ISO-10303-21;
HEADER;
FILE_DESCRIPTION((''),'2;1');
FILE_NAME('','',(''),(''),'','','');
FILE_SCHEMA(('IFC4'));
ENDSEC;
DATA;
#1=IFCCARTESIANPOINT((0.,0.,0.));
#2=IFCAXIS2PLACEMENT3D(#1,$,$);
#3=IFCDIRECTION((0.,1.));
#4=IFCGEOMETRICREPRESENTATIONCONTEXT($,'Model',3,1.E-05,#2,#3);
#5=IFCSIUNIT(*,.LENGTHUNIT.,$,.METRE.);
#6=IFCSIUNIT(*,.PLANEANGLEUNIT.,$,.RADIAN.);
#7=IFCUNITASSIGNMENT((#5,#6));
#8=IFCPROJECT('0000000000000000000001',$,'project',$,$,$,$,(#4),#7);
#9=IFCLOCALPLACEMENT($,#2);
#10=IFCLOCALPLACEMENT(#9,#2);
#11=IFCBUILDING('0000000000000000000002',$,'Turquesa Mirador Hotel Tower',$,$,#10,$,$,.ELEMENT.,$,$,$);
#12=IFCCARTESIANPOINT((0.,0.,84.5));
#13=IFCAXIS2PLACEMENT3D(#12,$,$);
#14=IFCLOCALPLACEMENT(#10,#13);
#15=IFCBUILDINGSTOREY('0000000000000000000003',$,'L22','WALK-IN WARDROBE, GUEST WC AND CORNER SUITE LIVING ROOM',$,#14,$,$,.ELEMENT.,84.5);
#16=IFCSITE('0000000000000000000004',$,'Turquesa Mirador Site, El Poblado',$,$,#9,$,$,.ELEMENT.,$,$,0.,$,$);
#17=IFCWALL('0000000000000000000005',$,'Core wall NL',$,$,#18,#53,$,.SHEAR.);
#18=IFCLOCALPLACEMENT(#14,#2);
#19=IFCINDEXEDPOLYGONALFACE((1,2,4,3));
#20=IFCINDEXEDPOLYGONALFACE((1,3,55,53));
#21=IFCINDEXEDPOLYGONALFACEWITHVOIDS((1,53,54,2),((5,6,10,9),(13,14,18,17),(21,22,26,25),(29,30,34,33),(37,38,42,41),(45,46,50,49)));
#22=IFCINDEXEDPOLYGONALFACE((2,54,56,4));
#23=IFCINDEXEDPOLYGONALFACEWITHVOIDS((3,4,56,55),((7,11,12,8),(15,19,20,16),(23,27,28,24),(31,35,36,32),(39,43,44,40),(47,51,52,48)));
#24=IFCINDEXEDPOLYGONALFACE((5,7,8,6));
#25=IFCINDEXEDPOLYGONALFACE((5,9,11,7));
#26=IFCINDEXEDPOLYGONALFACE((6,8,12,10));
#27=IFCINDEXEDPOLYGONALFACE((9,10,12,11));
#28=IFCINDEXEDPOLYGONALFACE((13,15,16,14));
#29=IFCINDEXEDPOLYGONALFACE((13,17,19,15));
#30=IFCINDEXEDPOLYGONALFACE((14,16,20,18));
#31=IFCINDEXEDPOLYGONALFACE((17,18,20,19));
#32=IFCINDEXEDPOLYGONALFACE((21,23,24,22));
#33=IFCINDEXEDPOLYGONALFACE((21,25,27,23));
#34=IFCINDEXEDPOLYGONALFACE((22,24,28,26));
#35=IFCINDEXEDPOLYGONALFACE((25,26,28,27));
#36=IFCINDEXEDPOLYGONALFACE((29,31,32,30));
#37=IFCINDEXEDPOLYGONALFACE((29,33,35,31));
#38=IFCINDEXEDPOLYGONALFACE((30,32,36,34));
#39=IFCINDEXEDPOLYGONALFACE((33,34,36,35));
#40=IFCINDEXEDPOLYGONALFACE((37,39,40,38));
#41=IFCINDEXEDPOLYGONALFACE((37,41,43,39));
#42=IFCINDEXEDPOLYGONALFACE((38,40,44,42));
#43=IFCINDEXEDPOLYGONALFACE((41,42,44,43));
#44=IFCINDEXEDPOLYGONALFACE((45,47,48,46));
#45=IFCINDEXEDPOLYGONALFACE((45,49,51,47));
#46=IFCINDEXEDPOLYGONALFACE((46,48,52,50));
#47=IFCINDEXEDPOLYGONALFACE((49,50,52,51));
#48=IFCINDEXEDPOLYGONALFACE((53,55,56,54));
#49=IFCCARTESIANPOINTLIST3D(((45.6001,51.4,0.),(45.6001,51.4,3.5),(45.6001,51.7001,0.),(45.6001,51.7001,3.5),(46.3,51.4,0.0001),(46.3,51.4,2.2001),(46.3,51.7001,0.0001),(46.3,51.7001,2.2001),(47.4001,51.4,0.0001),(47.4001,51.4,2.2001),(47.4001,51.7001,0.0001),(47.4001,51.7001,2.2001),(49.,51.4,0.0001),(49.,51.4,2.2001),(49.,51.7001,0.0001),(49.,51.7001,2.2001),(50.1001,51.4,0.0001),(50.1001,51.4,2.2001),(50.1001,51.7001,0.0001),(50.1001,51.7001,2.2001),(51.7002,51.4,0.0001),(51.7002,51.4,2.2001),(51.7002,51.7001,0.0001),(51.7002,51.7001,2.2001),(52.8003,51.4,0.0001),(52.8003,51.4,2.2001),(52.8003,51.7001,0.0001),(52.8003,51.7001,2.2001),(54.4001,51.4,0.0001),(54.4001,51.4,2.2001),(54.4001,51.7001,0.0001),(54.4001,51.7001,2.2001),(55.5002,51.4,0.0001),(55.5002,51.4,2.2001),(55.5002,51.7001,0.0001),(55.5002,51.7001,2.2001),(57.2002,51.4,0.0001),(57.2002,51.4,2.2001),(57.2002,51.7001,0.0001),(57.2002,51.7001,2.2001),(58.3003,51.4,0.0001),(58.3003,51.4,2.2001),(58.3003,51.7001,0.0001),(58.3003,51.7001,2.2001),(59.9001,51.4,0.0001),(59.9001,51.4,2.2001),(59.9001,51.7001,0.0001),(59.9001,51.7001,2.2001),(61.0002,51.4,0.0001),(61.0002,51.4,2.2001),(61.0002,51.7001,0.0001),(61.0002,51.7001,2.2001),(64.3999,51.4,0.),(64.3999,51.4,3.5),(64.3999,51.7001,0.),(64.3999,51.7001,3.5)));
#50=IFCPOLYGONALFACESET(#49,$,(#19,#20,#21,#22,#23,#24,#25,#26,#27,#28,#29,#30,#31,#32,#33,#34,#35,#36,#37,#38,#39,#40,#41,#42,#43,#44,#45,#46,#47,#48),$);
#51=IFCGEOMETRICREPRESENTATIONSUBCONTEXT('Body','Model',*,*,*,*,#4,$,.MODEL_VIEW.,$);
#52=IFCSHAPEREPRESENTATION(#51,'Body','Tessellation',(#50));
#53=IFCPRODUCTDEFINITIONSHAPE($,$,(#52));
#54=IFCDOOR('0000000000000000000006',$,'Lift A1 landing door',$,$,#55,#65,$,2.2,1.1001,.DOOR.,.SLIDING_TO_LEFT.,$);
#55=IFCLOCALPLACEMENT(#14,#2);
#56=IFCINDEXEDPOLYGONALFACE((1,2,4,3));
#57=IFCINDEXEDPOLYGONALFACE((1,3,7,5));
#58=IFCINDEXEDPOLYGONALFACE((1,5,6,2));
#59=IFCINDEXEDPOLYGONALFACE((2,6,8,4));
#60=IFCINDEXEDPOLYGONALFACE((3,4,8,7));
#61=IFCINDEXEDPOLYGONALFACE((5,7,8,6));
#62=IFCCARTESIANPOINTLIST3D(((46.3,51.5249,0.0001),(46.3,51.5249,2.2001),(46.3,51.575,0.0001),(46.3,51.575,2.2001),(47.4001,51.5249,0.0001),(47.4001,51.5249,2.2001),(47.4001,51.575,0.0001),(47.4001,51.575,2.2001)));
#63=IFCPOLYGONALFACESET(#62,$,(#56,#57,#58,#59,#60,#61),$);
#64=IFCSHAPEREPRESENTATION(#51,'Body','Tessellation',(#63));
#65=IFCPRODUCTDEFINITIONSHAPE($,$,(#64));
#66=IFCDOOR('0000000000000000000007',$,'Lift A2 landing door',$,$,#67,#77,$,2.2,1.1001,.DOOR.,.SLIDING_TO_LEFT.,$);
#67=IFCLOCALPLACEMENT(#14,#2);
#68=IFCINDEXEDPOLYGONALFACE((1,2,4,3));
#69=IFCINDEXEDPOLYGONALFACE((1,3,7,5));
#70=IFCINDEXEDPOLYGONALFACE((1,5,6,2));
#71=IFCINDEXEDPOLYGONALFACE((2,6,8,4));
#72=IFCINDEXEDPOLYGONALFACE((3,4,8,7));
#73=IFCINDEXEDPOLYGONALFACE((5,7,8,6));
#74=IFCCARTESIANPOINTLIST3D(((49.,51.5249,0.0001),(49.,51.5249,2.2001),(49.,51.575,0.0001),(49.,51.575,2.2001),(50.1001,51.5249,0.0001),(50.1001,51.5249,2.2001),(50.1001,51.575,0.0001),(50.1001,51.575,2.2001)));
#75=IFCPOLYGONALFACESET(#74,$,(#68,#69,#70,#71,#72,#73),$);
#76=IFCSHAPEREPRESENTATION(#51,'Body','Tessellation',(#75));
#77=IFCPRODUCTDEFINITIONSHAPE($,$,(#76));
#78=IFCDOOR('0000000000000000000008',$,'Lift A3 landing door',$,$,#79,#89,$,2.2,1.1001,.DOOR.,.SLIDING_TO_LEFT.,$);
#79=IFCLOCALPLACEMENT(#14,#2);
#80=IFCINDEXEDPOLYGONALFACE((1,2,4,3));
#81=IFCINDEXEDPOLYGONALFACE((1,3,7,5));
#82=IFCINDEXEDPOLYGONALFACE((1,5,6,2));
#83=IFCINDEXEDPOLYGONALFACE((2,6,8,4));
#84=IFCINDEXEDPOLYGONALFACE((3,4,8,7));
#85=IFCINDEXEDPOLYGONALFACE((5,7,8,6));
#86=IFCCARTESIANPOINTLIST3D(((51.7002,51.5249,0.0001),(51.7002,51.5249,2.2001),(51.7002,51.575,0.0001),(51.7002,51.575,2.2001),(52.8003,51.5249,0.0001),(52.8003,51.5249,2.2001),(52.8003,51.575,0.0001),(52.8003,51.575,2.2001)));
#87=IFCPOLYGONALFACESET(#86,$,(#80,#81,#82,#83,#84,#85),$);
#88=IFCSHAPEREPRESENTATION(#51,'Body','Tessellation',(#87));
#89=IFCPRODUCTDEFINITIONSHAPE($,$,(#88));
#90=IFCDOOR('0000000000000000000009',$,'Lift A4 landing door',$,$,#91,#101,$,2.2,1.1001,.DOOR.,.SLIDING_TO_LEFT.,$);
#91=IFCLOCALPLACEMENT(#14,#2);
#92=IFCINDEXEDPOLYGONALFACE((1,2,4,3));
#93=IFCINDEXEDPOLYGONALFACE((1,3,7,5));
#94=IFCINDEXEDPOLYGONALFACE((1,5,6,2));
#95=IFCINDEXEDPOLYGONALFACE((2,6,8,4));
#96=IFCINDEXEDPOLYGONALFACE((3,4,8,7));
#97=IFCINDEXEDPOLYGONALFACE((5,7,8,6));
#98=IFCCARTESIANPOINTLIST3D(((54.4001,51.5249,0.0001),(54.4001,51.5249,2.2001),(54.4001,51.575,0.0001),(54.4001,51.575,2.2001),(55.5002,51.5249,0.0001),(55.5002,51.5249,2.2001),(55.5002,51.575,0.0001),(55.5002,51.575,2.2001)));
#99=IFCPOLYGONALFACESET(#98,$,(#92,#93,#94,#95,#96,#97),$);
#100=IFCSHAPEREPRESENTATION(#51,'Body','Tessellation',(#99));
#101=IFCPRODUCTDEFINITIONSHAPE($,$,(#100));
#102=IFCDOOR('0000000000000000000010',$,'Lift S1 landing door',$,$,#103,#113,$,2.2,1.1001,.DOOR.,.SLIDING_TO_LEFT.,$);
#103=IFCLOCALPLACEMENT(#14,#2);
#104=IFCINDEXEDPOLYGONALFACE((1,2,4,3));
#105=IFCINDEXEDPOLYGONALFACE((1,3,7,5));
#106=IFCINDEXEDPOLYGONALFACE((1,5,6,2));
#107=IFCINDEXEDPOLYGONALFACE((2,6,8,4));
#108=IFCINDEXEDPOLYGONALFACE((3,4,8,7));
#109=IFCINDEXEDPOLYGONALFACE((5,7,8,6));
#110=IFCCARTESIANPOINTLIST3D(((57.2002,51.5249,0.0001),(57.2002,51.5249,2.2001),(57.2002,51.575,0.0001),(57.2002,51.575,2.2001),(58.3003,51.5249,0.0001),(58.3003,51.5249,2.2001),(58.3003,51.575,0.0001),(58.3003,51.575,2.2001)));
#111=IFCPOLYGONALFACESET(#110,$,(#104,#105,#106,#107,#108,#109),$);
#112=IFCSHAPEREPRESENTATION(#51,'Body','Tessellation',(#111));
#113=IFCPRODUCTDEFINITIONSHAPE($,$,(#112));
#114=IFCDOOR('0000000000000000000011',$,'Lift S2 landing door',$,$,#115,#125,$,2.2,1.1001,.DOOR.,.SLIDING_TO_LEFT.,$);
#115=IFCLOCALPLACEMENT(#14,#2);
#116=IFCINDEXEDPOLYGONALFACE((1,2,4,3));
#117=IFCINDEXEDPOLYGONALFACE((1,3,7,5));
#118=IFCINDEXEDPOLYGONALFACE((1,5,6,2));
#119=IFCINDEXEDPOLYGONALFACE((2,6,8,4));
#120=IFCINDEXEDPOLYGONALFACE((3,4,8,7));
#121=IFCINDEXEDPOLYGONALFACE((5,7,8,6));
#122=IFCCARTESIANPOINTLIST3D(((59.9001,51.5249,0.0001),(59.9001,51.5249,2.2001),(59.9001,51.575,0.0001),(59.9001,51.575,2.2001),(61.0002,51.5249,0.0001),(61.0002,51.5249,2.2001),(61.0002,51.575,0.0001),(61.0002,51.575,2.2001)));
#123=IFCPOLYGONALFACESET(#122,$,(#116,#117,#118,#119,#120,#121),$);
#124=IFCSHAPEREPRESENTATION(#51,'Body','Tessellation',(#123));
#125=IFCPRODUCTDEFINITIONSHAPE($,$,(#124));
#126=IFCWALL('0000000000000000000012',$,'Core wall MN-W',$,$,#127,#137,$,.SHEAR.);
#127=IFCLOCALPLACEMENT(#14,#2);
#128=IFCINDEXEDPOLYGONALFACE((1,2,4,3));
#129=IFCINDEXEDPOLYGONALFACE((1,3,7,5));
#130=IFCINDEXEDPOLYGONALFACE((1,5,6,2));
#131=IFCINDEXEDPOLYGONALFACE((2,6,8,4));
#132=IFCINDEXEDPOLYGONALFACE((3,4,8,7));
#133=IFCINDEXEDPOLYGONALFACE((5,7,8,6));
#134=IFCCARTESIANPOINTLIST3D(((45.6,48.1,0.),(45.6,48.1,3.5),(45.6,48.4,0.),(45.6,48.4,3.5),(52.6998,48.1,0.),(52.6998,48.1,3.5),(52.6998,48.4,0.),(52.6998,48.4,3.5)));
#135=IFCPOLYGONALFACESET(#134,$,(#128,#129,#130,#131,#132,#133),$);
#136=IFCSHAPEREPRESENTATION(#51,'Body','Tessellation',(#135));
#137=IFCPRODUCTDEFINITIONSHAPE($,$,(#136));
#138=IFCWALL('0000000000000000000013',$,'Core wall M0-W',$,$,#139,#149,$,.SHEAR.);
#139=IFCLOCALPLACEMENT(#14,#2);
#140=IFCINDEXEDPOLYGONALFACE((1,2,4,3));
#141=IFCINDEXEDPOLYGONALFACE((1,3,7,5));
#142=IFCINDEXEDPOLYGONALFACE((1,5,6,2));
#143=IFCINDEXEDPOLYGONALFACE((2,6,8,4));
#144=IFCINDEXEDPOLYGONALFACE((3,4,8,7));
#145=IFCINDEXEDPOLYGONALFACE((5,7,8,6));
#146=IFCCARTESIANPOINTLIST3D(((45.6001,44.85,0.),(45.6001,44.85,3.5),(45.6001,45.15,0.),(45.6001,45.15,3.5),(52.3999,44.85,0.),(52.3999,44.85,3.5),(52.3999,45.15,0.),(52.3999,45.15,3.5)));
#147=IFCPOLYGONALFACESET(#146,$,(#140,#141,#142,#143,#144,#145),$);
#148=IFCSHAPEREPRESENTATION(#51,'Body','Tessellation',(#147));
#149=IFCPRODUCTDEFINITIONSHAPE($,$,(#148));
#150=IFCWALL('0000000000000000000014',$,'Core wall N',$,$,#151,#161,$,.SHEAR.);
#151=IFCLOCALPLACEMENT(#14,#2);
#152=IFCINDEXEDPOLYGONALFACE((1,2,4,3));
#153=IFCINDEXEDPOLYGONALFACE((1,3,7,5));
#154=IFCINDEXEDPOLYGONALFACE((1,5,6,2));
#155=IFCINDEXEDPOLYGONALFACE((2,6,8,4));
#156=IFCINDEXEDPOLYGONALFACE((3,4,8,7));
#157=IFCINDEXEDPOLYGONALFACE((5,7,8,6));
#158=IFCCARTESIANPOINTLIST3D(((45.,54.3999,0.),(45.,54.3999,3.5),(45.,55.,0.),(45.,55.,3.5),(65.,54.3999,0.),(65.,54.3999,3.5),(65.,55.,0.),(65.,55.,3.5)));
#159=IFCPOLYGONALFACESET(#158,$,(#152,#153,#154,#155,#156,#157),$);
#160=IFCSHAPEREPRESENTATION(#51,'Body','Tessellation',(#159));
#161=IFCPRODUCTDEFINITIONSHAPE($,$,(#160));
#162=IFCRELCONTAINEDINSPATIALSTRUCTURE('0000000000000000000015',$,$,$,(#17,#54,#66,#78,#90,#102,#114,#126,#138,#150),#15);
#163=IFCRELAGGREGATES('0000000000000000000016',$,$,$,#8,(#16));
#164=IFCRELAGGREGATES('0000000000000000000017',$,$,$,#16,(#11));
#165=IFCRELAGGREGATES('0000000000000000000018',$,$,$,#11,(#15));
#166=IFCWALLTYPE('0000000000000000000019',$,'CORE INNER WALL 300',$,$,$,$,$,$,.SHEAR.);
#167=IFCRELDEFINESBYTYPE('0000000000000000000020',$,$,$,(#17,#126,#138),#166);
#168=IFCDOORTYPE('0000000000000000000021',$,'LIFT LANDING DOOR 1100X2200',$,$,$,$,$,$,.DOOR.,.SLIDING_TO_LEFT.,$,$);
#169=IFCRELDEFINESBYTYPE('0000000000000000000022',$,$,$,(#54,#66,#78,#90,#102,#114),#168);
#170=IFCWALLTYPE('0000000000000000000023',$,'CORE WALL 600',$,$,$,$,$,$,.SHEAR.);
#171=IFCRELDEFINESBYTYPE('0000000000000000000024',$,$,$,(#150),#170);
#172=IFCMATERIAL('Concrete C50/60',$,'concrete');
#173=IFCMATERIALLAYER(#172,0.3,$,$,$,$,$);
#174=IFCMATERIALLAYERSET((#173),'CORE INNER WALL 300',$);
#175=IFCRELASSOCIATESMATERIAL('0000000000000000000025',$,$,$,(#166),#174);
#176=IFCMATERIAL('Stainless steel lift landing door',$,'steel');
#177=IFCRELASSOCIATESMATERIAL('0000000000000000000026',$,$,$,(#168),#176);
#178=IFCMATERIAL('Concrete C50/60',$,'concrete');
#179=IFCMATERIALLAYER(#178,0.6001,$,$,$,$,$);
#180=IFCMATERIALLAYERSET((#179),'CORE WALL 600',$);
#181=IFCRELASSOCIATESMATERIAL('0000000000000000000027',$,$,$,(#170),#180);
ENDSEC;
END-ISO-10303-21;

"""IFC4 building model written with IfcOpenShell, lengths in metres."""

from ifc_helpers import new_model, si_unit, direction, frame, frame_2d, origin, place, context, subcontext, project, spatial, rectangle, extrude, material, layer, layer_set, type_object, element, fill, save


model = new_model("IFC4")

# Units and contexts
model_context = context("Model", 3, precision=1e-05, world=origin(), true_north=direction((0.0, 1.0)))
body_context = subcontext(model_context, "Body", "Model", "MODEL_VIEW")
ifc_project = project(units=[si_unit("LENGTHUNIT", "METRE"), si_unit("PLANEANGLEUNIT", "RADIAN")], contexts=[model_context])

# Site, building, storey
site_placement = place(None, origin())
site = spatial("IfcSite", under=ifc_project, at=site_placement, Name="Turquesa Mirador Site, El Poblado", CompositionType="ELEMENT", RefElevation=0.0)
building_placement = place(site_placement, origin())
building = spatial("IfcBuilding", under=site, at=building_placement, Name="Turquesa Mirador Hotel Tower", CompositionType="ELEMENT")
storey_placement = place(building_placement, frame((0.0, 0.0, 84.5)))
storey = spatial("IfcBuildingStorey", under=building, at=storey_placement, Name="L22", Description="WALK-IN WARDROBE, GUEST WC AND CORNER SUITE LIVING ROOM", CompositionType="ELEMENT", Elevation=84.5)

# Wall, openings, doors
ifc_material_1 = material(Name="Concrete C50/60", Category="concrete")
ifc_layer_1 = layer(ifc_material_1, 0.3)
ifc_layer_set_1 = layer_set([ifc_layer_1], Name="CORE INNER WALL 300")
wall_type_1 = type_object("IfcWallType", Name="CORE INNER WALL 300", PredefinedType="SHEAR", material=ifc_layer_set_1)
wall_1_placement = place(storey_placement, frame((45.6001, 51.55, 0.0), z_axis=(0.0, 0.0, 1.0), x_axis=(1.0, 0.0, 0.0)))
wall_1 = element("IfcWall", 1, at=wall_1_placement, inside=storey, type_object=wall_type_1, Name="Core wall NL", PredefinedType="SHEAR", context=body_context, shape_type="SweptSolid", body=[
    extrude(rectangle(XDim=18.7998, YDim=0.3, at=frame_2d((9.3999, 0.0))), origin(), (0.0, 0.0, 1.0), 3.5),
])
opening_1_placement = place(wall_1_placement, frame((0.7, 0.0, 0.0)))
opening_1 = element("IfcOpeningElement", 2, at=opening_1_placement, cuts=wall_1, PredefinedType="OPENING", context=body_context, shape_type="SweptSolid", body=[
    extrude(rectangle(XDim=1.1001, YDim=2.2, at=frame_2d((0.55, 1.1001))), frame((0.0, 0.1599, 0.0), z_axis=(0.0, -1.0, 0.0), x_axis=(1.0, 0.0, 0.0)), (0.0, 0.0, 1.0), 0.3201),
])
opening_2_placement = place(wall_1_placement, frame((3.3999, 0.0, 0.0)))
opening_2 = element("IfcOpeningElement", 3, at=opening_2_placement, cuts=wall_1, PredefinedType="OPENING", context=body_context, shape_type="SweptSolid", body=[
    extrude(rectangle(XDim=1.1001, YDim=2.2, at=frame_2d((0.55, 1.1001))), frame((0.0, 0.1599, 0.0), z_axis=(0.0, -1.0, 0.0), x_axis=(1.0, 0.0, 0.0)), (0.0, 0.0, 1.0), 0.3201),
])
opening_3_placement = place(wall_1_placement, frame((6.1001, 0.0, 0.0)))
opening_3 = element("IfcOpeningElement", 4, at=opening_3_placement, cuts=wall_1, PredefinedType="OPENING", context=body_context, shape_type="SweptSolid", body=[
    extrude(rectangle(XDim=1.1001, YDim=2.2, at=frame_2d((0.55, 1.1001))), frame((0.0, 0.1599, 0.0), z_axis=(0.0, -1.0, 0.0), x_axis=(1.0, 0.0, 0.0)), (0.0, 0.0, 1.0), 0.3201),
])
opening_4_placement = place(wall_1_placement, frame((8.8, 0.0, 0.0)))
opening_4 = element("IfcOpeningElement", 5, at=opening_4_placement, cuts=wall_1, PredefinedType="OPENING", context=body_context, shape_type="SweptSolid", body=[
    extrude(rectangle(XDim=1.1001, YDim=2.2, at=frame_2d((0.55, 1.1001))), frame((0.0, 0.1599, 0.0), z_axis=(0.0, -1.0, 0.0), x_axis=(1.0, 0.0, 0.0)), (0.0, 0.0, 1.0), 0.3201),
])
opening_5_placement = place(wall_1_placement, frame((11.6001, 0.0, 0.0)))
opening_5 = element("IfcOpeningElement", 6, at=opening_5_placement, cuts=wall_1, PredefinedType="OPENING", context=body_context, shape_type="SweptSolid", body=[
    extrude(rectangle(XDim=1.1001, YDim=2.2, at=frame_2d((0.55, 1.1001))), frame((0.0, 0.1599, 0.0), z_axis=(0.0, -1.0, 0.0), x_axis=(1.0, 0.0, 0.0)), (0.0, 0.0, 1.0), 0.3201),
])
opening_6_placement = place(wall_1_placement, frame((14.3, 0.0, 0.0)))
opening_6 = element("IfcOpeningElement", 7, at=opening_6_placement, cuts=wall_1, PredefinedType="OPENING", context=body_context, shape_type="SweptSolid", body=[
    extrude(rectangle(XDim=1.1001, YDim=2.2, at=frame_2d((0.55, 1.1001))), frame((0.0, 0.1599, 0.0), z_axis=(0.0, -1.0, 0.0), x_axis=(1.0, 0.0, 0.0)), (0.0, 0.0, 1.0), 0.3201),
])
ifc_material_2 = material(Name="Stainless steel lift landing door", Category="steel")
door_type_1 = type_object("IfcDoorType", Name="LIFT LANDING DOOR 1100X2200", OperationType="SLIDING_TO_LEFT", PredefinedType="DOOR", material=ifc_material_2)
door_1_placement = place(opening_1_placement, origin())
door_1 = element("IfcDoor", 8, at=door_1_placement, inside=storey, type_object=door_type_1, Name="Lift A1 landing door", OperationType="SLIDING_TO_LEFT", OverallHeight=2.2, OverallWidth=1.1001, PredefinedType="DOOR", context=body_context, shape_type="SweptSolid", body=[
    extrude(rectangle(XDim=1.1001, YDim=2.2, at=frame_2d((0.55, 1.1001))), frame((0.0, 0.0249, 0.0), z_axis=(0.0, -1.0, 0.0), x_axis=(1.0, 0.0, 0.0)), (0.0, 0.0, 1.0), 0.05),
])
fill(opening_1, door_1)
door_2_placement = place(opening_2_placement, origin())
door_2 = element("IfcDoor", 9, at=door_2_placement, inside=storey, type_object=door_type_1, Name="Lift A2 landing door", OperationType="SLIDING_TO_LEFT", OverallHeight=2.2, OverallWidth=1.1001, PredefinedType="DOOR", context=body_context, shape_type="SweptSolid", body=[
    extrude(rectangle(XDim=1.1001, YDim=2.2, at=frame_2d((0.55, 1.1001))), frame((0.0, 0.0249, 0.0), z_axis=(0.0, -1.0, 0.0), x_axis=(1.0, 0.0, 0.0)), (0.0, 0.0, 1.0), 0.05),
])
fill(opening_2, door_2)
door_3_placement = place(opening_3_placement, origin())
door_3 = element("IfcDoor", 10, at=door_3_placement, inside=storey, type_object=door_type_1, Name="Lift A3 landing door", OperationType="SLIDING_TO_LEFT", OverallHeight=2.2, OverallWidth=1.1001, PredefinedType="DOOR", context=body_context, shape_type="SweptSolid", body=[
    extrude(rectangle(XDim=1.1001, YDim=2.2, at=frame_2d((0.55, 1.1001))), frame((0.0, 0.0249, 0.0), z_axis=(0.0, -1.0, 0.0), x_axis=(1.0, 0.0, 0.0)), (0.0, 0.0, 1.0), 0.05),
])
fill(opening_3, door_3)
door_4_placement = place(opening_4_placement, origin())
door_4 = element("IfcDoor", 11, at=door_4_placement, inside=storey, type_object=door_type_1, Name="Lift A4 landing door", OperationType="SLIDING_TO_LEFT", OverallHeight=2.2, OverallWidth=1.1001, PredefinedType="DOOR", context=body_context, shape_type="SweptSolid", body=[
    extrude(rectangle(XDim=1.1001, YDim=2.2, at=frame_2d((0.55, 1.1001))), frame((0.0, 0.0249, 0.0), z_axis=(0.0, -1.0, 0.0), x_axis=(1.0, 0.0, 0.0)), (0.0, 0.0, 1.0), 0.05),
])
fill(opening_4, door_4)
door_5_placement = place(opening_5_placement, origin())
door_5 = element("IfcDoor", 12, at=door_5_placement, inside=storey, type_object=door_type_1, Name="Lift S1 landing door", OperationType="SLIDING_TO_LEFT", OverallHeight=2.2, OverallWidth=1.1001, PredefinedType="DOOR", context=body_context, shape_type="SweptSolid", body=[
    extrude(rectangle(XDim=1.1001, YDim=2.2, at=frame_2d((0.55, 1.1001))), frame((0.0, 0.0249, 0.0), z_axis=(0.0, -1.0, 0.0), x_axis=(1.0, 0.0, 0.0)), (0.0, 0.0, 1.0), 0.05),
])
fill(opening_5, door_5)
door_6_placement = place(opening_6_placement, origin())
door_6 = element("IfcDoor", 13, at=door_6_placement, inside=storey, type_object=door_type_1, Name="Lift S2 landing door", OperationType="SLIDING_TO_LEFT", OverallHeight=2.2, OverallWidth=1.1001, PredefinedType="DOOR", context=body_context, shape_type="SweptSolid", body=[
    extrude(rectangle(XDim=1.1001, YDim=2.2, at=frame_2d((0.55, 1.1001))), frame((0.0, 0.0249, 0.0), z_axis=(0.0, -1.0, 0.0), x_axis=(1.0, 0.0, 0.0)), (0.0, 0.0, 1.0), 0.05),
])
fill(opening_6, door_6)

# Walls
wall_2_placement = place(storey_placement, frame((45.6001, 48.25, 0.0), z_axis=(0.0, 0.0, 1.0), x_axis=(1.0, 0.0, 0.0)))
element("IfcWall", 14, at=wall_2_placement, inside=storey, type_object=wall_type_1, Name="Core wall MN-W", PredefinedType="SHEAR", context=body_context, shape_type="SweptSolid", body=[
    extrude(rectangle(XDim=7.0999, YDim=0.3, at=frame_2d((3.5498, 0.0))), origin(), (0.0, 0.0, 1.0), 3.5),
])
wall_3_placement = place(storey_placement, frame((45.6001, 45.0, 0.0), z_axis=(0.0, 0.0, 1.0), x_axis=(1.0, 0.0, 0.0)))
element("IfcWall", 15, at=wall_3_placement, inside=storey, type_object=wall_type_1, Name="Core wall M0-W", PredefinedType="SHEAR", context=body_context, shape_type="SweptSolid", body=[
    extrude(rectangle(XDim=6.7998, YDim=0.3, at=frame_2d((3.3999, 0.0))), origin(), (0.0, 0.0, 1.0), 3.5),
])
ifc_material_3 = material(Name="Concrete C50/60", Category="concrete")
ifc_layer_2 = layer(ifc_material_3, 0.6001)
ifc_layer_set_2 = layer_set([ifc_layer_2], Name="CORE WALL 600")
wall_type_2 = type_object("IfcWallType", Name="CORE WALL 600", PredefinedType="SHEAR", material=ifc_layer_set_2)
wall_4_placement = place(storey_placement, frame((45.0, 54.7, 0.0), z_axis=(0.0, 0.0, 1.0), x_axis=(1.0, 0.0, 0.0)))
element("IfcWall", 16, at=wall_4_placement, inside=storey, type_object=wall_type_2, Name="Core wall N", PredefinedType="SHEAR", context=body_context, shape_type="SweptSolid", body=[
    extrude(rectangle(XDim=20.0, YDim=0.6001, at=frame_2d((10.0, 0.0))), origin(), (0.0, 0.0, 1.0), 3.5),
])

save(model, "model.ifc")
